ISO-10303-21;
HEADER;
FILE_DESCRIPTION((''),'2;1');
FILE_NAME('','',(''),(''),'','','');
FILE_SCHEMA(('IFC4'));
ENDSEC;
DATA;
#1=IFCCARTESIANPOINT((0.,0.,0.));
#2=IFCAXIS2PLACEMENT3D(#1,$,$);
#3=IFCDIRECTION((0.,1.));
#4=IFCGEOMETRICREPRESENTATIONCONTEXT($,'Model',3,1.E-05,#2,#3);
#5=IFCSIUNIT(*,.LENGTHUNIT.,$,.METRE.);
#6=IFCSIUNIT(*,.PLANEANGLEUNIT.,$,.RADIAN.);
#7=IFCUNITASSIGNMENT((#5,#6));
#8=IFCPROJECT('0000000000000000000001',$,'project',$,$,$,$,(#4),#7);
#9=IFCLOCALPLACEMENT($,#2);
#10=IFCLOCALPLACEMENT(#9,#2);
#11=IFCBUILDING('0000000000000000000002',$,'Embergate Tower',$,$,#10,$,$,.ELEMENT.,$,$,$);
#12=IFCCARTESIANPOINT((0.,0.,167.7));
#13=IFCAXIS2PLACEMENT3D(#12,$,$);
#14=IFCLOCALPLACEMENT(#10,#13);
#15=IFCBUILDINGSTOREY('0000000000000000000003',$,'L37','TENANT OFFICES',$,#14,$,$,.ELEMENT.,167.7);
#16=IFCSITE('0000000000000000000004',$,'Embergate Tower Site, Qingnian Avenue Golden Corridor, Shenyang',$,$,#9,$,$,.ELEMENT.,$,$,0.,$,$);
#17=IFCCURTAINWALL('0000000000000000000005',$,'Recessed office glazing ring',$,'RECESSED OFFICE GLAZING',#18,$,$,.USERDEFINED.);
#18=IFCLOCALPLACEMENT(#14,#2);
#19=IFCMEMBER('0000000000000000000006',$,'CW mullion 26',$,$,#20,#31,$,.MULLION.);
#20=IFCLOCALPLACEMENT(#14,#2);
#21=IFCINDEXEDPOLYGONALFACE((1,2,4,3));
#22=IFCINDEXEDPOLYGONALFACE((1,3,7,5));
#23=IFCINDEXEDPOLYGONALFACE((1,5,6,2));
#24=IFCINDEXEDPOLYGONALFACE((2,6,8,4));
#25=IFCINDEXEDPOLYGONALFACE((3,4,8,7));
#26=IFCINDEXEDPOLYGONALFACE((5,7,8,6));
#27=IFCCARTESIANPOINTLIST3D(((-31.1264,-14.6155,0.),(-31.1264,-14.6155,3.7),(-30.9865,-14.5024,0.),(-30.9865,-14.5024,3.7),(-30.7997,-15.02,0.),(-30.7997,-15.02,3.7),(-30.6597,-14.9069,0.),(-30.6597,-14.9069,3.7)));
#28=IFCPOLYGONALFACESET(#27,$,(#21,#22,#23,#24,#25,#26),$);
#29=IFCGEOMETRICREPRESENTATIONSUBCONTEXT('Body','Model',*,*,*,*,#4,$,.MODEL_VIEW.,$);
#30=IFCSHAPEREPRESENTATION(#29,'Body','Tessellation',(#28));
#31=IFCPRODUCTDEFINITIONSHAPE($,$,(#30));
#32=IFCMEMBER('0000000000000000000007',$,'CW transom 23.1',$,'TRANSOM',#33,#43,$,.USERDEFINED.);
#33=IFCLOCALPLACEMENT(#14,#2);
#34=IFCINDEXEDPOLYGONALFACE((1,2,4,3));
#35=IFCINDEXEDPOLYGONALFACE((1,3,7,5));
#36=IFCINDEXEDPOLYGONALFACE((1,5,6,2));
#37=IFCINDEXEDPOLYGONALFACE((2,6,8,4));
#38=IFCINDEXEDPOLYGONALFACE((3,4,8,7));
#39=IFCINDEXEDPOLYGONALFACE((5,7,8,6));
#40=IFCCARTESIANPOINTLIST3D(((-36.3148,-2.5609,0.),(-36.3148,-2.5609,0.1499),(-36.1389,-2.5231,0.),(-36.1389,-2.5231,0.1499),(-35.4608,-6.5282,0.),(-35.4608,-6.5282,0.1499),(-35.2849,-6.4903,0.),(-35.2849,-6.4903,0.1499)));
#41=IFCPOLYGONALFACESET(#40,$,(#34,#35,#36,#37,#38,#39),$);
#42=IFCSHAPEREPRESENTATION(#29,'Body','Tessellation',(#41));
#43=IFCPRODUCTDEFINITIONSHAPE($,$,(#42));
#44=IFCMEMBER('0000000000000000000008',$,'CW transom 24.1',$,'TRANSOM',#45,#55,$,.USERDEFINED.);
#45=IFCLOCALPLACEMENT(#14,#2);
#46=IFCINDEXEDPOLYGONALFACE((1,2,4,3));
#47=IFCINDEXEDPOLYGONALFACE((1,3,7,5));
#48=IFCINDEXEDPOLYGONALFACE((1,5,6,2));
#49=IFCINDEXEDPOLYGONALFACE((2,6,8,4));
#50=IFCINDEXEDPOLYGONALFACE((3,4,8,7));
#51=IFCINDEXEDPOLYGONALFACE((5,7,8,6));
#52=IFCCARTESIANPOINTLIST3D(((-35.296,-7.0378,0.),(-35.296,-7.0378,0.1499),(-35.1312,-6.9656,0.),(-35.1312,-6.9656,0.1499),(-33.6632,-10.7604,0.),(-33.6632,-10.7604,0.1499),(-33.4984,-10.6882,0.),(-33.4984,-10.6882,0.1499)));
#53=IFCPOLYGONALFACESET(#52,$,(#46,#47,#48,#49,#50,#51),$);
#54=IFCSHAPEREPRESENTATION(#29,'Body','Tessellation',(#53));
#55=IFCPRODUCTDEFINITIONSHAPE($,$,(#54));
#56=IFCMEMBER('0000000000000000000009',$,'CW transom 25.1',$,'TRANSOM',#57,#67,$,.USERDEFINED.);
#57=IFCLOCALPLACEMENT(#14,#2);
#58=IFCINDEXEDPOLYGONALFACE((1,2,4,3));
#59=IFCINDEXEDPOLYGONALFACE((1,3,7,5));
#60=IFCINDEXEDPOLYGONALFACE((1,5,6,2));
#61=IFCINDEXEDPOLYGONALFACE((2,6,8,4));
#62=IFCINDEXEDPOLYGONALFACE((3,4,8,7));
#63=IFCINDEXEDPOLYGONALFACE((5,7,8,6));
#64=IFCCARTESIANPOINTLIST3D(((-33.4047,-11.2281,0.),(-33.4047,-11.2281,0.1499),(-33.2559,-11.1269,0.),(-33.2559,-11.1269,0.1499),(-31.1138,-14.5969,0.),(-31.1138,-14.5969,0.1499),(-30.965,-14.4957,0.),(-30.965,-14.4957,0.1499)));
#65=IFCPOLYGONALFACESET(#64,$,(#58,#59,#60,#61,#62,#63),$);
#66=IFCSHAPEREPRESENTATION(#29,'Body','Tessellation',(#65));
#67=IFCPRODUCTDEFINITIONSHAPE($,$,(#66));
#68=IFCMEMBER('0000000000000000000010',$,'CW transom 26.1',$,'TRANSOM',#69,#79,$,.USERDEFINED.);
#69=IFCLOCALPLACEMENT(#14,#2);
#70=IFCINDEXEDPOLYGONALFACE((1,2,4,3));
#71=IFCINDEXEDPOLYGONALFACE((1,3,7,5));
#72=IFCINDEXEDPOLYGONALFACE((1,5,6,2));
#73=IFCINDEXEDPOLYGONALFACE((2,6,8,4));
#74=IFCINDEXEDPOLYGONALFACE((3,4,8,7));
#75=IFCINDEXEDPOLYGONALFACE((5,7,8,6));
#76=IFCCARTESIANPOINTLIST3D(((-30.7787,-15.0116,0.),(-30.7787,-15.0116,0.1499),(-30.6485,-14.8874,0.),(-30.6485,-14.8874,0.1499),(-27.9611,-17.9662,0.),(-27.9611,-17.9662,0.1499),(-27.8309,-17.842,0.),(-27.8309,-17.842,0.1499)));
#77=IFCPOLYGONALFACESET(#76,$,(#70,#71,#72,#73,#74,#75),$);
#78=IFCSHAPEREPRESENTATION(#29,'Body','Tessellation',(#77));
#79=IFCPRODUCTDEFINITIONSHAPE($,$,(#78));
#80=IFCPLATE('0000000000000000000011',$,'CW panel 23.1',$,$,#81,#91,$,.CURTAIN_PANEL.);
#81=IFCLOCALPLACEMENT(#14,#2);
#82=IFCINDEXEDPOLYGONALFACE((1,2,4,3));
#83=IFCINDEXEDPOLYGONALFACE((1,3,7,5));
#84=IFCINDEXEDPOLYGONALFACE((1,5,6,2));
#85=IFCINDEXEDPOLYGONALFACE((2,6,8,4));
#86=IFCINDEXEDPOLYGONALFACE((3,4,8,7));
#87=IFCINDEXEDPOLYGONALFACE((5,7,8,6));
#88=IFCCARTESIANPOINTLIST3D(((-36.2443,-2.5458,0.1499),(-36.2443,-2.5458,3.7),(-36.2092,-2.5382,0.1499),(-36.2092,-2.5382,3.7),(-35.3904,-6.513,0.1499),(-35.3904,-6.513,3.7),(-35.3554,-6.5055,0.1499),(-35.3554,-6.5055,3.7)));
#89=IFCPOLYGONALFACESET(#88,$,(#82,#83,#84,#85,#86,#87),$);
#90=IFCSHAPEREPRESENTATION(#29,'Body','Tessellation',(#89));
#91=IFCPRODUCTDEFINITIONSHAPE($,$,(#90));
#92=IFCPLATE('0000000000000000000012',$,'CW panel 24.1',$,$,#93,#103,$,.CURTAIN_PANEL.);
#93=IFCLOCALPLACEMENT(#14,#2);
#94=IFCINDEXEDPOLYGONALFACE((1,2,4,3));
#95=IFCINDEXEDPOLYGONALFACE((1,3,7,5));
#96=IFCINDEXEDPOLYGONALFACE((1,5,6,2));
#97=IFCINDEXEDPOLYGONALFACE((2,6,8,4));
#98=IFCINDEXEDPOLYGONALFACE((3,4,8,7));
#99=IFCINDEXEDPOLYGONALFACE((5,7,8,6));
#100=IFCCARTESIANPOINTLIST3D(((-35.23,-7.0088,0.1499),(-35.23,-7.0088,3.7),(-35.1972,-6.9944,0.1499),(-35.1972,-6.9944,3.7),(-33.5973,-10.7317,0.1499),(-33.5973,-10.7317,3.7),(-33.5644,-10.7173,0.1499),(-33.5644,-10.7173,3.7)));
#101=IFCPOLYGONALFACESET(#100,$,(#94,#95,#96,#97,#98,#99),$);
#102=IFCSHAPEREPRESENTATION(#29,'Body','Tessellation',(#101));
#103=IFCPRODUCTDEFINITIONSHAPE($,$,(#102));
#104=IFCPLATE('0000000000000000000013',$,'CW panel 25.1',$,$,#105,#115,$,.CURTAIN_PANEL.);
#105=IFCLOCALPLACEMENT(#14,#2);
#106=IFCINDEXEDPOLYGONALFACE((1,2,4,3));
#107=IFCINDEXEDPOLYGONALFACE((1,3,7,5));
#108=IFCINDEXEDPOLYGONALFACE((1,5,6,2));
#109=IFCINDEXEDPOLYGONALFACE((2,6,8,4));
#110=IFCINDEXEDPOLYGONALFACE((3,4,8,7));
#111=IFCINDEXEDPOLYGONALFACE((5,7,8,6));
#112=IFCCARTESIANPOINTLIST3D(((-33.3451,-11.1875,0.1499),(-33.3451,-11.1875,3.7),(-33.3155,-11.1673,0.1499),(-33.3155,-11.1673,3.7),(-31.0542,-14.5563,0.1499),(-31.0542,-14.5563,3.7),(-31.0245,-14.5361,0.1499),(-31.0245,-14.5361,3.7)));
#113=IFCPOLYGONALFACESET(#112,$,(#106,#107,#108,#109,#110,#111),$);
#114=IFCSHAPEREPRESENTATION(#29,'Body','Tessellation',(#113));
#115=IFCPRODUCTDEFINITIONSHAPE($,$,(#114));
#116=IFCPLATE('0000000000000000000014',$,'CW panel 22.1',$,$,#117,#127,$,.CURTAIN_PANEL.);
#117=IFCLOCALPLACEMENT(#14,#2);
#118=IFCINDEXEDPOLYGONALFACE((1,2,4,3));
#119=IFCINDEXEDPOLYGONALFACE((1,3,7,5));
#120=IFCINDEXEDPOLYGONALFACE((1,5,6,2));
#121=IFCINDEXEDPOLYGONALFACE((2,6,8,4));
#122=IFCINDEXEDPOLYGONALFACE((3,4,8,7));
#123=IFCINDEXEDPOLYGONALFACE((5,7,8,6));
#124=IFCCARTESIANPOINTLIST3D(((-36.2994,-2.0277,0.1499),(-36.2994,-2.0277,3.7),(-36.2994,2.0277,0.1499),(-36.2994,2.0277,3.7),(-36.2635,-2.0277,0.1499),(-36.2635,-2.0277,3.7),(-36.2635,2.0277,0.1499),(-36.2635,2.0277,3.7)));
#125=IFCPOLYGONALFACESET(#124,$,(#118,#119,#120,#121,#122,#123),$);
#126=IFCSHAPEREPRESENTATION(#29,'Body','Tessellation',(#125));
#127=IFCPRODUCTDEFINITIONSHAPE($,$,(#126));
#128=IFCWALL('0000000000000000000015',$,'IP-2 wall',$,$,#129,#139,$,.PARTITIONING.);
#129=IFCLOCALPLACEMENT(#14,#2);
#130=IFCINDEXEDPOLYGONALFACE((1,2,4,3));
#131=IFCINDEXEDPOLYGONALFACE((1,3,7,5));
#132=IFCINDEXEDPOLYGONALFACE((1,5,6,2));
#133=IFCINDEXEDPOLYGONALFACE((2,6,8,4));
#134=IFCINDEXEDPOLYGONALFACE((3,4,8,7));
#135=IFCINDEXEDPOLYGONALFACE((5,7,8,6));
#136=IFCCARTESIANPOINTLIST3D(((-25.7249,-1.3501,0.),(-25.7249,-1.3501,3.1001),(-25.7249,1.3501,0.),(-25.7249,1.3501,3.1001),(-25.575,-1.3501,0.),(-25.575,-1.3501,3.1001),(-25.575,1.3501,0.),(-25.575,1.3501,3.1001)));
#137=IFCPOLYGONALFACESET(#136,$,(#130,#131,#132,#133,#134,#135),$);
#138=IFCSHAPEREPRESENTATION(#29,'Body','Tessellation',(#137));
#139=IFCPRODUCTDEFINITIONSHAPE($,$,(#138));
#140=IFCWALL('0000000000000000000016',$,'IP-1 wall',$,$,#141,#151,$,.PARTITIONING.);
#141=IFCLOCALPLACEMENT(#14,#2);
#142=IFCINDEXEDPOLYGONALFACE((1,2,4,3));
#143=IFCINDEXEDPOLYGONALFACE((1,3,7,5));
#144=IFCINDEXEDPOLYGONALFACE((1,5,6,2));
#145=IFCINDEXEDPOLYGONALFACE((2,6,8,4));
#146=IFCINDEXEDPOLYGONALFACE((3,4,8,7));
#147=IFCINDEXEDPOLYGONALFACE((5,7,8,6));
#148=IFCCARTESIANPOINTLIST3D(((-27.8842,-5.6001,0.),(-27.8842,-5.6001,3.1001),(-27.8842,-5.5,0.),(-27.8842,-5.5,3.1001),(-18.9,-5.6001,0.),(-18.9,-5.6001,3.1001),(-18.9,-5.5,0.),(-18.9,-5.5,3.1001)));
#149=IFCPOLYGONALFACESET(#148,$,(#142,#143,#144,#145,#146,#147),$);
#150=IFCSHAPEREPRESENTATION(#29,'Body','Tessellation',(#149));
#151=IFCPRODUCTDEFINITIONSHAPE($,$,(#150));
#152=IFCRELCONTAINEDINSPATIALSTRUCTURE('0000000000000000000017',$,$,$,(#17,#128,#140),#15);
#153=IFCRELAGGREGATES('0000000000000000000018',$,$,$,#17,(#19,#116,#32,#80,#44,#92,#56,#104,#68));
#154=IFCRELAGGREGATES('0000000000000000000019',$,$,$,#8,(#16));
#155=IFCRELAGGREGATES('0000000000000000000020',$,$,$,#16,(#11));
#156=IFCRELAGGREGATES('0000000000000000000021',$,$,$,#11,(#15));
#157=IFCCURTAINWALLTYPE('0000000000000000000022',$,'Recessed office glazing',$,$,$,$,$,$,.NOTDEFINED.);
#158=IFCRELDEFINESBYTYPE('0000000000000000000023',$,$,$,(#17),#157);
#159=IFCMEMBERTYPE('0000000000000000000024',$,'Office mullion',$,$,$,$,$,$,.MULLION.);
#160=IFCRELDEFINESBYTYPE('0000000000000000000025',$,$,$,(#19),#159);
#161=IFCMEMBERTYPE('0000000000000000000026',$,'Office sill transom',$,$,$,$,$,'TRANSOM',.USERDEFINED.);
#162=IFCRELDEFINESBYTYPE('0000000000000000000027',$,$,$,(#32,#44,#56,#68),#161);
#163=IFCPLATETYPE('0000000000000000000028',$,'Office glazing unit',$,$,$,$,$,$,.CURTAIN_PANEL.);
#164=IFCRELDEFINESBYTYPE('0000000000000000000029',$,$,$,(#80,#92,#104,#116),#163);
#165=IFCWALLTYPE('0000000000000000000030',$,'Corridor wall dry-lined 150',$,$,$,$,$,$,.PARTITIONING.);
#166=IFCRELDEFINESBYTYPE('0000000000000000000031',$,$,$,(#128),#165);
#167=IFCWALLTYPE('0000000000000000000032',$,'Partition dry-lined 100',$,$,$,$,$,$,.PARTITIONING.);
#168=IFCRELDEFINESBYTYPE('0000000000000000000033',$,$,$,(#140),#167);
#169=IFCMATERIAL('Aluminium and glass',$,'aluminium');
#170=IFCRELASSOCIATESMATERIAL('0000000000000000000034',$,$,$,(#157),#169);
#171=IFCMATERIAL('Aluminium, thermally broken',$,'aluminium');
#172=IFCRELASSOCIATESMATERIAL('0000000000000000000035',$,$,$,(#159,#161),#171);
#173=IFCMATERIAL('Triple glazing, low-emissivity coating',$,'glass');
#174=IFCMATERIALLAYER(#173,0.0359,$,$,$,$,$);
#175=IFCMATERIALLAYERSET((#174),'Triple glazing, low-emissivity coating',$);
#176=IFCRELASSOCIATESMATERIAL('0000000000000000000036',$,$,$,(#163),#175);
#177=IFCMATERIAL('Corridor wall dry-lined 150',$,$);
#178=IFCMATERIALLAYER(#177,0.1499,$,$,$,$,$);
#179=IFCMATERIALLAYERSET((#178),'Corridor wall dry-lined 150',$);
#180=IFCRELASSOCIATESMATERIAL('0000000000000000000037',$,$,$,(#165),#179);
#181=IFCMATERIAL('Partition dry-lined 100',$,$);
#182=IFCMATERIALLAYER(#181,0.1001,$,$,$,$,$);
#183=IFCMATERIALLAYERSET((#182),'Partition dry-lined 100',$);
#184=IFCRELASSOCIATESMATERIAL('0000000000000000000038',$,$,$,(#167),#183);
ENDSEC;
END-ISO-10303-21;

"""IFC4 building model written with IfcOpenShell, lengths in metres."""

from ifc_helpers import new_model, si_unit, direction, frame, frame_2d, origin, origin_2d, place, context, subcontext, project, spatial, rectangle, extrude, source, transform, mapped, material, layer, layer_set, material_profile, profile_set, type_object, element, aggregate, save


model = new_model("IFC4")

# Units and contexts
model_context = context("Model", 3, precision=1e-05, world=origin(), true_north=direction((0.0, 1.0)))
body_context = subcontext(model_context, "Body", "Model", "MODEL_VIEW")
ifc_project = project(units=[si_unit("LENGTHUNIT", "METRE"), si_unit("PLANEANGLEUNIT", "RADIAN")], contexts=[model_context])

# Site, building, storey
site_placement = place(None, origin())
site = spatial("IfcSite", under=ifc_project, at=site_placement, Name="Embergate Tower Site, Qingnian Avenue Golden Corridor, Shenyang", CompositionType="ELEMENT", RefElevation=0.0)
building_placement = place(site_placement, origin())
building = spatial("IfcBuilding", under=site, at=building_placement, Name="Embergate Tower", CompositionType="ELEMENT")
storey_placement = place(building_placement, frame((0.0, 0.0, 167.7)))
storey = spatial("IfcBuildingStorey", under=building, at=storey_placement, Name="L37", Description="TENANT OFFICES", CompositionType="ELEMENT", Elevation=167.7)

# Curtain wall, members, plates
ifc_material_1 = material(Name="Aluminium and glass", Category="aluminium")
curtain_wall_type = type_object("IfcCurtainWallType", Name="Recessed office glazing", PredefinedType="NOTDEFINED", material=ifc_material_1)
curtain_wall_placement = place(storey_placement, origin())
curtain_wall = element("IfcCurtainWall", 1, at=curtain_wall_placement, inside=storey, type_object=curtain_wall_type, Name="Recessed office glazing ring", ObjectType="RECESSED OFFICE GLAZING", PredefinedType="USERDEFINED")
ifc_material_2 = material(Name="Aluminium, thermally broken", Category="aluminium")
ifc_material_profile_1 = material_profile(ifc_material_2, rectangle(XDim=0.1799, YDim=0.52, at=origin_2d()), Name="AL 520x180")
ifc_profile_set_1 = profile_set([ifc_material_profile_1], Name="Aluminium, thermally broken")
member_type_1 = type_object("IfcMemberType", Name="Office mullion", PredefinedType="MULLION", material=ifc_profile_set_1)
shared_shape_1 = source(origin(), body_context, "Body", "SweptSolid", [
    extrude(rectangle(XDim=0.1799, YDim=0.52, at=origin_2d()), origin(), (0.0, 0.0, 1.0), 3.7),
])
member_1_placement = place(storey_placement, frame((-30.8931, -14.7612, 0.0), z_axis=(0.0, 0.0, 1.0), x_axis=(0.777873, 0.628422, 0.0)))
member_1 = element("IfcMember", 2, at=member_1_placement, type_object=member_type_1, Name="CW mullion 26", PredefinedType="MULLION", context=body_context, shape_type="MappedRepresentation", body=[
    mapped(shared_shape_1, transform((0.0, 0.0, 0.0))),
])
ifc_material_profile_2 = material_profile(ifc_material_2, rectangle(XDim=0.1799, YDim=0.1499, at=origin_2d()), Name="AL 150x180")
ifc_profile_set_2 = profile_set([ifc_material_profile_2], Name="Aluminium, thermally broken")
member_type_2 = type_object("IfcMemberType", Name="Office sill transom", ElementType="TRANSOM", PredefinedType="USERDEFINED", material=ifc_profile_set_2)
shared_shape_2 = source(origin(), body_context, "Body", "SweptSolid", [
    extrude(rectangle(XDim=0.1799, YDim=0.1499, at=origin_2d()), origin(), (0.0, 0.0, 1.0), 4.0581),
])
member_2_placement = place(storey_placement, frame((-36.2268, -2.542, 0.075), z_axis=(0.210441, -0.977607, 0.0), x_axis=(0.977607, 0.210441, 0.0)))
member_2 = element("IfcMember", 3, at=member_2_placement, type_object=member_type_2, Name="CW transom 23.1", ObjectType="TRANSOM", PredefinedType="USERDEFINED", context=body_context, shape_type="MappedRepresentation", body=[
    mapped(shared_shape_2, transform((0.0, 0.0, 0.0))),
])
shared_shape_3 = source(origin(), body_context, "Body", "SweptSolid", [
    extrude(rectangle(XDim=0.1799, YDim=0.1499, at=origin_2d()), origin(), (0.0, 0.0, 1.0), 4.0649),
])
member_3_placement = place(storey_placement, frame((-35.2136, -7.0017, 0.075), z_axis=(0.401676, -0.915782, 0.0), x_axis=(0.915782, 0.401676, 0.0)))
member_3 = element("IfcMember", 4, at=member_3_placement, type_object=member_type_2, Name="CW transom 24.1", ObjectType="TRANSOM", PredefinedType="USERDEFINED", context=body_context, shape_type="MappedRepresentation", body=[
    mapped(shared_shape_3, transform((0.0, 0.0, 0.0))),
])
shared_shape_4 = source(origin(), body_context, "Body", "SweptSolid", [
    extrude(rectangle(XDim=0.1799, YDim=0.1499, at=origin_2d()), origin(), (0.0, 0.0, 1.0), 4.074),
])
member_4_placement = place(storey_placement, frame((-33.3303, -11.1775, 0.075), z_axis=(0.562338, -0.826908, 0.0), x_axis=(0.826908, 0.562338, 0.0)))
member_4 = element("IfcMember", 5, at=member_4_placement, type_object=member_type_2, Name="CW transom 25.1", ObjectType="TRANSOM", PredefinedType="USERDEFINED", context=body_context, shape_type="MappedRepresentation", body=[
    mapped(shared_shape_4, transform((0.0, 0.0, 0.0))),
])
shared_shape_5 = source(origin(), body_context, "Body", "SweptSolid", [
    extrude(rectangle(XDim=0.1799, YDim=0.1499, at=origin_2d()), origin(), (0.0, 0.0, 1.0), 4.0828),
])
member_5_placement = place(storey_placement, frame((-30.7136, -14.9495, 0.075), z_axis=(0.690134, -0.723681, 0.0), x_axis=(0.723681, 0.690134, 0.0)))
member_5 = element("IfcMember", 6, at=member_5_placement, type_object=member_type_2, Name="CW transom 26.1", ObjectType="TRANSOM", PredefinedType="USERDEFINED", context=body_context, shape_type="MappedRepresentation", body=[
    mapped(shared_shape_5, transform((0.0, 0.0, 0.0))),
])
ifc_material_3 = material(Name="Triple glazing, low-emissivity coating", Category="glass")
ifc_layer_1 = layer(ifc_material_3, 0.0359)
ifc_layer_set_1 = layer_set([ifc_layer_1], Name="Triple glazing, low-emissivity coating")
plate_type = type_object("IfcPlateType", Name="Office glazing unit", PredefinedType="CURTAIN_PANEL", material=ifc_layer_set_1)
shared_shape_6 = source(origin(), body_context, "Body", "SweptSolid", [
    extrude(rectangle(XDim=4.0581, YDim=0.0359, at=origin_2d()), origin(), (0.0, 0.0, 1.0), 3.55),
])
plate_1_placement = place(storey_placement, frame((-35.7998, -4.5256, 0.1499), z_axis=(0.0, 0.0, 1.0), x_axis=(0.210398, -0.977616, 0.0)))
plate_1 = element("IfcPlate", 7, at=plate_1_placement, type_object=plate_type, Name="CW panel 23.1", PredefinedType="CURTAIN_PANEL", context=body_context, shape_type="MappedRepresentation", body=[
    mapped(shared_shape_6, transform((0.0, 0.0, 0.0))),
])
shared_shape_7 = source(origin(), body_context, "Body", "SweptSolid", [
    extrude(rectangle(XDim=4.0652, YDim=0.0359, at=origin_2d()), origin(), (0.0, 0.0, 1.0), 3.55),
])
plate_2_placement = place(storey_placement, frame((-34.3972, -8.863, 0.1499), z_axis=(0.0, 0.0, 1.0), x_axis=(0.401652, -0.915792, 0.0)))
plate_2 = element("IfcPlate", 8, at=plate_2_placement, type_object=plate_type, Name="CW panel 24.1", PredefinedType="CURTAIN_PANEL", context=body_context, shape_type="MappedRepresentation", body=[
    mapped(shared_shape_7, transform((0.0, 0.0, 0.0))),
])
shared_shape_8 = source(origin(), body_context, "Body", "SweptSolid", [
    extrude(rectangle(XDim=4.074, YDim=0.0359, at=origin_2d()), origin(), (0.0, 0.0, 1.0), 3.55),
])
plate_3_placement = place(storey_placement, frame((-32.1848, -12.8618, 0.1499), z_axis=(0.0, 0.0, 1.0), x_axis=(0.562342, -0.826905, 0.0)))
plate_3 = element("IfcPlate", 9, at=plate_3_placement, type_object=plate_type, Name="CW panel 25.1", PredefinedType="CURTAIN_PANEL", context=body_context, shape_type="MappedRepresentation", body=[
    mapped(shared_shape_8, transform((0.0, 0.0, 0.0))),
])
shared_shape_9 = source(origin(), body_context, "Body", "SweptSolid", [
    extrude(rectangle(XDim=4.0554, YDim=0.0359, at=origin_2d()), origin(), (0.0, 0.0, 1.0), 3.55),
])
plate_4_placement = place(storey_placement, frame((-36.2815, 0.0, 0.1499), z_axis=(0.0, 0.0, 1.0), x_axis=(0.0, -1.0, 0.0)))
plate_4 = element("IfcPlate", 10, at=plate_4_placement, type_object=plate_type, Name="CW panel 22.1", PredefinedType="CURTAIN_PANEL", context=body_context, shape_type="MappedRepresentation", body=[
    mapped(shared_shape_9, transform((0.0, 0.0, 0.0))),
])
aggregate(curtain_wall, [member_1, plate_4, member_2, plate_1, member_3, plate_2, member_4, plate_3, member_5])

# Walls
ifc_material_4 = material(Name="Corridor wall dry-lined 150")
ifc_layer_2 = layer(ifc_material_4, 0.1499)
ifc_layer_set_2 = layer_set([ifc_layer_2], Name="Corridor wall dry-lined 150")
wall_type_1 = type_object("IfcWallType", Name="Corridor wall dry-lined 150", PredefinedType="PARTITIONING", material=ifc_layer_set_2)
shared_shape_10 = source(origin(), body_context, "Body", "SweptSolid", [
    extrude(rectangle(XDim=2.7002, YDim=0.1499, at=frame_2d((1.3501, 0.0))), origin(), (0.0, 0.0, 1.0), 3.1001),
])
wall_1_placement = place(storey_placement, frame((-25.6499, -1.3501, 0.0), z_axis=(0.0, 0.0, 1.0), x_axis=(0.0, 1.0, 0.0)))
element("IfcWall", 11, at=wall_1_placement, inside=storey, type_object=wall_type_1, Name="IP-2 wall", PredefinedType="PARTITIONING", context=body_context, shape_type="MappedRepresentation", body=[
    mapped(shared_shape_10, transform((0.0, 0.0, 0.0))),
])
ifc_material_5 = material(Name="Partition dry-lined 100")
ifc_layer_3 = layer(ifc_material_5, 0.1001)
ifc_layer_set_3 = layer_set([ifc_layer_3], Name="Partition dry-lined 100")
wall_type_2 = type_object("IfcWallType", Name="Partition dry-lined 100", PredefinedType="PARTITIONING", material=ifc_layer_set_3)
shared_shape_11 = source(origin(), body_context, "Body", "SweptSolid", [
    extrude(rectangle(XDim=8.9841, YDim=0.1001, at=frame_2d((4.4922, 0.0))), origin(), (0.0, 0.0, 1.0), 3.1001),
])
wall_2_placement = place(storey_placement, frame((-18.8999, -5.55, 0.0), z_axis=(0.0, 0.0, 1.0), x_axis=(-1.0, 0.0, 0.0)))
element("IfcWall", 12, at=wall_2_placement, inside=storey, type_object=wall_type_2, Name="IP-1 wall", PredefinedType="PARTITIONING", context=body_context, shape_type="MappedRepresentation", body=[
    mapped(shared_shape_11, transform((0.0, 0.0, 0.0))),
])

save(model, "model.ifc")
